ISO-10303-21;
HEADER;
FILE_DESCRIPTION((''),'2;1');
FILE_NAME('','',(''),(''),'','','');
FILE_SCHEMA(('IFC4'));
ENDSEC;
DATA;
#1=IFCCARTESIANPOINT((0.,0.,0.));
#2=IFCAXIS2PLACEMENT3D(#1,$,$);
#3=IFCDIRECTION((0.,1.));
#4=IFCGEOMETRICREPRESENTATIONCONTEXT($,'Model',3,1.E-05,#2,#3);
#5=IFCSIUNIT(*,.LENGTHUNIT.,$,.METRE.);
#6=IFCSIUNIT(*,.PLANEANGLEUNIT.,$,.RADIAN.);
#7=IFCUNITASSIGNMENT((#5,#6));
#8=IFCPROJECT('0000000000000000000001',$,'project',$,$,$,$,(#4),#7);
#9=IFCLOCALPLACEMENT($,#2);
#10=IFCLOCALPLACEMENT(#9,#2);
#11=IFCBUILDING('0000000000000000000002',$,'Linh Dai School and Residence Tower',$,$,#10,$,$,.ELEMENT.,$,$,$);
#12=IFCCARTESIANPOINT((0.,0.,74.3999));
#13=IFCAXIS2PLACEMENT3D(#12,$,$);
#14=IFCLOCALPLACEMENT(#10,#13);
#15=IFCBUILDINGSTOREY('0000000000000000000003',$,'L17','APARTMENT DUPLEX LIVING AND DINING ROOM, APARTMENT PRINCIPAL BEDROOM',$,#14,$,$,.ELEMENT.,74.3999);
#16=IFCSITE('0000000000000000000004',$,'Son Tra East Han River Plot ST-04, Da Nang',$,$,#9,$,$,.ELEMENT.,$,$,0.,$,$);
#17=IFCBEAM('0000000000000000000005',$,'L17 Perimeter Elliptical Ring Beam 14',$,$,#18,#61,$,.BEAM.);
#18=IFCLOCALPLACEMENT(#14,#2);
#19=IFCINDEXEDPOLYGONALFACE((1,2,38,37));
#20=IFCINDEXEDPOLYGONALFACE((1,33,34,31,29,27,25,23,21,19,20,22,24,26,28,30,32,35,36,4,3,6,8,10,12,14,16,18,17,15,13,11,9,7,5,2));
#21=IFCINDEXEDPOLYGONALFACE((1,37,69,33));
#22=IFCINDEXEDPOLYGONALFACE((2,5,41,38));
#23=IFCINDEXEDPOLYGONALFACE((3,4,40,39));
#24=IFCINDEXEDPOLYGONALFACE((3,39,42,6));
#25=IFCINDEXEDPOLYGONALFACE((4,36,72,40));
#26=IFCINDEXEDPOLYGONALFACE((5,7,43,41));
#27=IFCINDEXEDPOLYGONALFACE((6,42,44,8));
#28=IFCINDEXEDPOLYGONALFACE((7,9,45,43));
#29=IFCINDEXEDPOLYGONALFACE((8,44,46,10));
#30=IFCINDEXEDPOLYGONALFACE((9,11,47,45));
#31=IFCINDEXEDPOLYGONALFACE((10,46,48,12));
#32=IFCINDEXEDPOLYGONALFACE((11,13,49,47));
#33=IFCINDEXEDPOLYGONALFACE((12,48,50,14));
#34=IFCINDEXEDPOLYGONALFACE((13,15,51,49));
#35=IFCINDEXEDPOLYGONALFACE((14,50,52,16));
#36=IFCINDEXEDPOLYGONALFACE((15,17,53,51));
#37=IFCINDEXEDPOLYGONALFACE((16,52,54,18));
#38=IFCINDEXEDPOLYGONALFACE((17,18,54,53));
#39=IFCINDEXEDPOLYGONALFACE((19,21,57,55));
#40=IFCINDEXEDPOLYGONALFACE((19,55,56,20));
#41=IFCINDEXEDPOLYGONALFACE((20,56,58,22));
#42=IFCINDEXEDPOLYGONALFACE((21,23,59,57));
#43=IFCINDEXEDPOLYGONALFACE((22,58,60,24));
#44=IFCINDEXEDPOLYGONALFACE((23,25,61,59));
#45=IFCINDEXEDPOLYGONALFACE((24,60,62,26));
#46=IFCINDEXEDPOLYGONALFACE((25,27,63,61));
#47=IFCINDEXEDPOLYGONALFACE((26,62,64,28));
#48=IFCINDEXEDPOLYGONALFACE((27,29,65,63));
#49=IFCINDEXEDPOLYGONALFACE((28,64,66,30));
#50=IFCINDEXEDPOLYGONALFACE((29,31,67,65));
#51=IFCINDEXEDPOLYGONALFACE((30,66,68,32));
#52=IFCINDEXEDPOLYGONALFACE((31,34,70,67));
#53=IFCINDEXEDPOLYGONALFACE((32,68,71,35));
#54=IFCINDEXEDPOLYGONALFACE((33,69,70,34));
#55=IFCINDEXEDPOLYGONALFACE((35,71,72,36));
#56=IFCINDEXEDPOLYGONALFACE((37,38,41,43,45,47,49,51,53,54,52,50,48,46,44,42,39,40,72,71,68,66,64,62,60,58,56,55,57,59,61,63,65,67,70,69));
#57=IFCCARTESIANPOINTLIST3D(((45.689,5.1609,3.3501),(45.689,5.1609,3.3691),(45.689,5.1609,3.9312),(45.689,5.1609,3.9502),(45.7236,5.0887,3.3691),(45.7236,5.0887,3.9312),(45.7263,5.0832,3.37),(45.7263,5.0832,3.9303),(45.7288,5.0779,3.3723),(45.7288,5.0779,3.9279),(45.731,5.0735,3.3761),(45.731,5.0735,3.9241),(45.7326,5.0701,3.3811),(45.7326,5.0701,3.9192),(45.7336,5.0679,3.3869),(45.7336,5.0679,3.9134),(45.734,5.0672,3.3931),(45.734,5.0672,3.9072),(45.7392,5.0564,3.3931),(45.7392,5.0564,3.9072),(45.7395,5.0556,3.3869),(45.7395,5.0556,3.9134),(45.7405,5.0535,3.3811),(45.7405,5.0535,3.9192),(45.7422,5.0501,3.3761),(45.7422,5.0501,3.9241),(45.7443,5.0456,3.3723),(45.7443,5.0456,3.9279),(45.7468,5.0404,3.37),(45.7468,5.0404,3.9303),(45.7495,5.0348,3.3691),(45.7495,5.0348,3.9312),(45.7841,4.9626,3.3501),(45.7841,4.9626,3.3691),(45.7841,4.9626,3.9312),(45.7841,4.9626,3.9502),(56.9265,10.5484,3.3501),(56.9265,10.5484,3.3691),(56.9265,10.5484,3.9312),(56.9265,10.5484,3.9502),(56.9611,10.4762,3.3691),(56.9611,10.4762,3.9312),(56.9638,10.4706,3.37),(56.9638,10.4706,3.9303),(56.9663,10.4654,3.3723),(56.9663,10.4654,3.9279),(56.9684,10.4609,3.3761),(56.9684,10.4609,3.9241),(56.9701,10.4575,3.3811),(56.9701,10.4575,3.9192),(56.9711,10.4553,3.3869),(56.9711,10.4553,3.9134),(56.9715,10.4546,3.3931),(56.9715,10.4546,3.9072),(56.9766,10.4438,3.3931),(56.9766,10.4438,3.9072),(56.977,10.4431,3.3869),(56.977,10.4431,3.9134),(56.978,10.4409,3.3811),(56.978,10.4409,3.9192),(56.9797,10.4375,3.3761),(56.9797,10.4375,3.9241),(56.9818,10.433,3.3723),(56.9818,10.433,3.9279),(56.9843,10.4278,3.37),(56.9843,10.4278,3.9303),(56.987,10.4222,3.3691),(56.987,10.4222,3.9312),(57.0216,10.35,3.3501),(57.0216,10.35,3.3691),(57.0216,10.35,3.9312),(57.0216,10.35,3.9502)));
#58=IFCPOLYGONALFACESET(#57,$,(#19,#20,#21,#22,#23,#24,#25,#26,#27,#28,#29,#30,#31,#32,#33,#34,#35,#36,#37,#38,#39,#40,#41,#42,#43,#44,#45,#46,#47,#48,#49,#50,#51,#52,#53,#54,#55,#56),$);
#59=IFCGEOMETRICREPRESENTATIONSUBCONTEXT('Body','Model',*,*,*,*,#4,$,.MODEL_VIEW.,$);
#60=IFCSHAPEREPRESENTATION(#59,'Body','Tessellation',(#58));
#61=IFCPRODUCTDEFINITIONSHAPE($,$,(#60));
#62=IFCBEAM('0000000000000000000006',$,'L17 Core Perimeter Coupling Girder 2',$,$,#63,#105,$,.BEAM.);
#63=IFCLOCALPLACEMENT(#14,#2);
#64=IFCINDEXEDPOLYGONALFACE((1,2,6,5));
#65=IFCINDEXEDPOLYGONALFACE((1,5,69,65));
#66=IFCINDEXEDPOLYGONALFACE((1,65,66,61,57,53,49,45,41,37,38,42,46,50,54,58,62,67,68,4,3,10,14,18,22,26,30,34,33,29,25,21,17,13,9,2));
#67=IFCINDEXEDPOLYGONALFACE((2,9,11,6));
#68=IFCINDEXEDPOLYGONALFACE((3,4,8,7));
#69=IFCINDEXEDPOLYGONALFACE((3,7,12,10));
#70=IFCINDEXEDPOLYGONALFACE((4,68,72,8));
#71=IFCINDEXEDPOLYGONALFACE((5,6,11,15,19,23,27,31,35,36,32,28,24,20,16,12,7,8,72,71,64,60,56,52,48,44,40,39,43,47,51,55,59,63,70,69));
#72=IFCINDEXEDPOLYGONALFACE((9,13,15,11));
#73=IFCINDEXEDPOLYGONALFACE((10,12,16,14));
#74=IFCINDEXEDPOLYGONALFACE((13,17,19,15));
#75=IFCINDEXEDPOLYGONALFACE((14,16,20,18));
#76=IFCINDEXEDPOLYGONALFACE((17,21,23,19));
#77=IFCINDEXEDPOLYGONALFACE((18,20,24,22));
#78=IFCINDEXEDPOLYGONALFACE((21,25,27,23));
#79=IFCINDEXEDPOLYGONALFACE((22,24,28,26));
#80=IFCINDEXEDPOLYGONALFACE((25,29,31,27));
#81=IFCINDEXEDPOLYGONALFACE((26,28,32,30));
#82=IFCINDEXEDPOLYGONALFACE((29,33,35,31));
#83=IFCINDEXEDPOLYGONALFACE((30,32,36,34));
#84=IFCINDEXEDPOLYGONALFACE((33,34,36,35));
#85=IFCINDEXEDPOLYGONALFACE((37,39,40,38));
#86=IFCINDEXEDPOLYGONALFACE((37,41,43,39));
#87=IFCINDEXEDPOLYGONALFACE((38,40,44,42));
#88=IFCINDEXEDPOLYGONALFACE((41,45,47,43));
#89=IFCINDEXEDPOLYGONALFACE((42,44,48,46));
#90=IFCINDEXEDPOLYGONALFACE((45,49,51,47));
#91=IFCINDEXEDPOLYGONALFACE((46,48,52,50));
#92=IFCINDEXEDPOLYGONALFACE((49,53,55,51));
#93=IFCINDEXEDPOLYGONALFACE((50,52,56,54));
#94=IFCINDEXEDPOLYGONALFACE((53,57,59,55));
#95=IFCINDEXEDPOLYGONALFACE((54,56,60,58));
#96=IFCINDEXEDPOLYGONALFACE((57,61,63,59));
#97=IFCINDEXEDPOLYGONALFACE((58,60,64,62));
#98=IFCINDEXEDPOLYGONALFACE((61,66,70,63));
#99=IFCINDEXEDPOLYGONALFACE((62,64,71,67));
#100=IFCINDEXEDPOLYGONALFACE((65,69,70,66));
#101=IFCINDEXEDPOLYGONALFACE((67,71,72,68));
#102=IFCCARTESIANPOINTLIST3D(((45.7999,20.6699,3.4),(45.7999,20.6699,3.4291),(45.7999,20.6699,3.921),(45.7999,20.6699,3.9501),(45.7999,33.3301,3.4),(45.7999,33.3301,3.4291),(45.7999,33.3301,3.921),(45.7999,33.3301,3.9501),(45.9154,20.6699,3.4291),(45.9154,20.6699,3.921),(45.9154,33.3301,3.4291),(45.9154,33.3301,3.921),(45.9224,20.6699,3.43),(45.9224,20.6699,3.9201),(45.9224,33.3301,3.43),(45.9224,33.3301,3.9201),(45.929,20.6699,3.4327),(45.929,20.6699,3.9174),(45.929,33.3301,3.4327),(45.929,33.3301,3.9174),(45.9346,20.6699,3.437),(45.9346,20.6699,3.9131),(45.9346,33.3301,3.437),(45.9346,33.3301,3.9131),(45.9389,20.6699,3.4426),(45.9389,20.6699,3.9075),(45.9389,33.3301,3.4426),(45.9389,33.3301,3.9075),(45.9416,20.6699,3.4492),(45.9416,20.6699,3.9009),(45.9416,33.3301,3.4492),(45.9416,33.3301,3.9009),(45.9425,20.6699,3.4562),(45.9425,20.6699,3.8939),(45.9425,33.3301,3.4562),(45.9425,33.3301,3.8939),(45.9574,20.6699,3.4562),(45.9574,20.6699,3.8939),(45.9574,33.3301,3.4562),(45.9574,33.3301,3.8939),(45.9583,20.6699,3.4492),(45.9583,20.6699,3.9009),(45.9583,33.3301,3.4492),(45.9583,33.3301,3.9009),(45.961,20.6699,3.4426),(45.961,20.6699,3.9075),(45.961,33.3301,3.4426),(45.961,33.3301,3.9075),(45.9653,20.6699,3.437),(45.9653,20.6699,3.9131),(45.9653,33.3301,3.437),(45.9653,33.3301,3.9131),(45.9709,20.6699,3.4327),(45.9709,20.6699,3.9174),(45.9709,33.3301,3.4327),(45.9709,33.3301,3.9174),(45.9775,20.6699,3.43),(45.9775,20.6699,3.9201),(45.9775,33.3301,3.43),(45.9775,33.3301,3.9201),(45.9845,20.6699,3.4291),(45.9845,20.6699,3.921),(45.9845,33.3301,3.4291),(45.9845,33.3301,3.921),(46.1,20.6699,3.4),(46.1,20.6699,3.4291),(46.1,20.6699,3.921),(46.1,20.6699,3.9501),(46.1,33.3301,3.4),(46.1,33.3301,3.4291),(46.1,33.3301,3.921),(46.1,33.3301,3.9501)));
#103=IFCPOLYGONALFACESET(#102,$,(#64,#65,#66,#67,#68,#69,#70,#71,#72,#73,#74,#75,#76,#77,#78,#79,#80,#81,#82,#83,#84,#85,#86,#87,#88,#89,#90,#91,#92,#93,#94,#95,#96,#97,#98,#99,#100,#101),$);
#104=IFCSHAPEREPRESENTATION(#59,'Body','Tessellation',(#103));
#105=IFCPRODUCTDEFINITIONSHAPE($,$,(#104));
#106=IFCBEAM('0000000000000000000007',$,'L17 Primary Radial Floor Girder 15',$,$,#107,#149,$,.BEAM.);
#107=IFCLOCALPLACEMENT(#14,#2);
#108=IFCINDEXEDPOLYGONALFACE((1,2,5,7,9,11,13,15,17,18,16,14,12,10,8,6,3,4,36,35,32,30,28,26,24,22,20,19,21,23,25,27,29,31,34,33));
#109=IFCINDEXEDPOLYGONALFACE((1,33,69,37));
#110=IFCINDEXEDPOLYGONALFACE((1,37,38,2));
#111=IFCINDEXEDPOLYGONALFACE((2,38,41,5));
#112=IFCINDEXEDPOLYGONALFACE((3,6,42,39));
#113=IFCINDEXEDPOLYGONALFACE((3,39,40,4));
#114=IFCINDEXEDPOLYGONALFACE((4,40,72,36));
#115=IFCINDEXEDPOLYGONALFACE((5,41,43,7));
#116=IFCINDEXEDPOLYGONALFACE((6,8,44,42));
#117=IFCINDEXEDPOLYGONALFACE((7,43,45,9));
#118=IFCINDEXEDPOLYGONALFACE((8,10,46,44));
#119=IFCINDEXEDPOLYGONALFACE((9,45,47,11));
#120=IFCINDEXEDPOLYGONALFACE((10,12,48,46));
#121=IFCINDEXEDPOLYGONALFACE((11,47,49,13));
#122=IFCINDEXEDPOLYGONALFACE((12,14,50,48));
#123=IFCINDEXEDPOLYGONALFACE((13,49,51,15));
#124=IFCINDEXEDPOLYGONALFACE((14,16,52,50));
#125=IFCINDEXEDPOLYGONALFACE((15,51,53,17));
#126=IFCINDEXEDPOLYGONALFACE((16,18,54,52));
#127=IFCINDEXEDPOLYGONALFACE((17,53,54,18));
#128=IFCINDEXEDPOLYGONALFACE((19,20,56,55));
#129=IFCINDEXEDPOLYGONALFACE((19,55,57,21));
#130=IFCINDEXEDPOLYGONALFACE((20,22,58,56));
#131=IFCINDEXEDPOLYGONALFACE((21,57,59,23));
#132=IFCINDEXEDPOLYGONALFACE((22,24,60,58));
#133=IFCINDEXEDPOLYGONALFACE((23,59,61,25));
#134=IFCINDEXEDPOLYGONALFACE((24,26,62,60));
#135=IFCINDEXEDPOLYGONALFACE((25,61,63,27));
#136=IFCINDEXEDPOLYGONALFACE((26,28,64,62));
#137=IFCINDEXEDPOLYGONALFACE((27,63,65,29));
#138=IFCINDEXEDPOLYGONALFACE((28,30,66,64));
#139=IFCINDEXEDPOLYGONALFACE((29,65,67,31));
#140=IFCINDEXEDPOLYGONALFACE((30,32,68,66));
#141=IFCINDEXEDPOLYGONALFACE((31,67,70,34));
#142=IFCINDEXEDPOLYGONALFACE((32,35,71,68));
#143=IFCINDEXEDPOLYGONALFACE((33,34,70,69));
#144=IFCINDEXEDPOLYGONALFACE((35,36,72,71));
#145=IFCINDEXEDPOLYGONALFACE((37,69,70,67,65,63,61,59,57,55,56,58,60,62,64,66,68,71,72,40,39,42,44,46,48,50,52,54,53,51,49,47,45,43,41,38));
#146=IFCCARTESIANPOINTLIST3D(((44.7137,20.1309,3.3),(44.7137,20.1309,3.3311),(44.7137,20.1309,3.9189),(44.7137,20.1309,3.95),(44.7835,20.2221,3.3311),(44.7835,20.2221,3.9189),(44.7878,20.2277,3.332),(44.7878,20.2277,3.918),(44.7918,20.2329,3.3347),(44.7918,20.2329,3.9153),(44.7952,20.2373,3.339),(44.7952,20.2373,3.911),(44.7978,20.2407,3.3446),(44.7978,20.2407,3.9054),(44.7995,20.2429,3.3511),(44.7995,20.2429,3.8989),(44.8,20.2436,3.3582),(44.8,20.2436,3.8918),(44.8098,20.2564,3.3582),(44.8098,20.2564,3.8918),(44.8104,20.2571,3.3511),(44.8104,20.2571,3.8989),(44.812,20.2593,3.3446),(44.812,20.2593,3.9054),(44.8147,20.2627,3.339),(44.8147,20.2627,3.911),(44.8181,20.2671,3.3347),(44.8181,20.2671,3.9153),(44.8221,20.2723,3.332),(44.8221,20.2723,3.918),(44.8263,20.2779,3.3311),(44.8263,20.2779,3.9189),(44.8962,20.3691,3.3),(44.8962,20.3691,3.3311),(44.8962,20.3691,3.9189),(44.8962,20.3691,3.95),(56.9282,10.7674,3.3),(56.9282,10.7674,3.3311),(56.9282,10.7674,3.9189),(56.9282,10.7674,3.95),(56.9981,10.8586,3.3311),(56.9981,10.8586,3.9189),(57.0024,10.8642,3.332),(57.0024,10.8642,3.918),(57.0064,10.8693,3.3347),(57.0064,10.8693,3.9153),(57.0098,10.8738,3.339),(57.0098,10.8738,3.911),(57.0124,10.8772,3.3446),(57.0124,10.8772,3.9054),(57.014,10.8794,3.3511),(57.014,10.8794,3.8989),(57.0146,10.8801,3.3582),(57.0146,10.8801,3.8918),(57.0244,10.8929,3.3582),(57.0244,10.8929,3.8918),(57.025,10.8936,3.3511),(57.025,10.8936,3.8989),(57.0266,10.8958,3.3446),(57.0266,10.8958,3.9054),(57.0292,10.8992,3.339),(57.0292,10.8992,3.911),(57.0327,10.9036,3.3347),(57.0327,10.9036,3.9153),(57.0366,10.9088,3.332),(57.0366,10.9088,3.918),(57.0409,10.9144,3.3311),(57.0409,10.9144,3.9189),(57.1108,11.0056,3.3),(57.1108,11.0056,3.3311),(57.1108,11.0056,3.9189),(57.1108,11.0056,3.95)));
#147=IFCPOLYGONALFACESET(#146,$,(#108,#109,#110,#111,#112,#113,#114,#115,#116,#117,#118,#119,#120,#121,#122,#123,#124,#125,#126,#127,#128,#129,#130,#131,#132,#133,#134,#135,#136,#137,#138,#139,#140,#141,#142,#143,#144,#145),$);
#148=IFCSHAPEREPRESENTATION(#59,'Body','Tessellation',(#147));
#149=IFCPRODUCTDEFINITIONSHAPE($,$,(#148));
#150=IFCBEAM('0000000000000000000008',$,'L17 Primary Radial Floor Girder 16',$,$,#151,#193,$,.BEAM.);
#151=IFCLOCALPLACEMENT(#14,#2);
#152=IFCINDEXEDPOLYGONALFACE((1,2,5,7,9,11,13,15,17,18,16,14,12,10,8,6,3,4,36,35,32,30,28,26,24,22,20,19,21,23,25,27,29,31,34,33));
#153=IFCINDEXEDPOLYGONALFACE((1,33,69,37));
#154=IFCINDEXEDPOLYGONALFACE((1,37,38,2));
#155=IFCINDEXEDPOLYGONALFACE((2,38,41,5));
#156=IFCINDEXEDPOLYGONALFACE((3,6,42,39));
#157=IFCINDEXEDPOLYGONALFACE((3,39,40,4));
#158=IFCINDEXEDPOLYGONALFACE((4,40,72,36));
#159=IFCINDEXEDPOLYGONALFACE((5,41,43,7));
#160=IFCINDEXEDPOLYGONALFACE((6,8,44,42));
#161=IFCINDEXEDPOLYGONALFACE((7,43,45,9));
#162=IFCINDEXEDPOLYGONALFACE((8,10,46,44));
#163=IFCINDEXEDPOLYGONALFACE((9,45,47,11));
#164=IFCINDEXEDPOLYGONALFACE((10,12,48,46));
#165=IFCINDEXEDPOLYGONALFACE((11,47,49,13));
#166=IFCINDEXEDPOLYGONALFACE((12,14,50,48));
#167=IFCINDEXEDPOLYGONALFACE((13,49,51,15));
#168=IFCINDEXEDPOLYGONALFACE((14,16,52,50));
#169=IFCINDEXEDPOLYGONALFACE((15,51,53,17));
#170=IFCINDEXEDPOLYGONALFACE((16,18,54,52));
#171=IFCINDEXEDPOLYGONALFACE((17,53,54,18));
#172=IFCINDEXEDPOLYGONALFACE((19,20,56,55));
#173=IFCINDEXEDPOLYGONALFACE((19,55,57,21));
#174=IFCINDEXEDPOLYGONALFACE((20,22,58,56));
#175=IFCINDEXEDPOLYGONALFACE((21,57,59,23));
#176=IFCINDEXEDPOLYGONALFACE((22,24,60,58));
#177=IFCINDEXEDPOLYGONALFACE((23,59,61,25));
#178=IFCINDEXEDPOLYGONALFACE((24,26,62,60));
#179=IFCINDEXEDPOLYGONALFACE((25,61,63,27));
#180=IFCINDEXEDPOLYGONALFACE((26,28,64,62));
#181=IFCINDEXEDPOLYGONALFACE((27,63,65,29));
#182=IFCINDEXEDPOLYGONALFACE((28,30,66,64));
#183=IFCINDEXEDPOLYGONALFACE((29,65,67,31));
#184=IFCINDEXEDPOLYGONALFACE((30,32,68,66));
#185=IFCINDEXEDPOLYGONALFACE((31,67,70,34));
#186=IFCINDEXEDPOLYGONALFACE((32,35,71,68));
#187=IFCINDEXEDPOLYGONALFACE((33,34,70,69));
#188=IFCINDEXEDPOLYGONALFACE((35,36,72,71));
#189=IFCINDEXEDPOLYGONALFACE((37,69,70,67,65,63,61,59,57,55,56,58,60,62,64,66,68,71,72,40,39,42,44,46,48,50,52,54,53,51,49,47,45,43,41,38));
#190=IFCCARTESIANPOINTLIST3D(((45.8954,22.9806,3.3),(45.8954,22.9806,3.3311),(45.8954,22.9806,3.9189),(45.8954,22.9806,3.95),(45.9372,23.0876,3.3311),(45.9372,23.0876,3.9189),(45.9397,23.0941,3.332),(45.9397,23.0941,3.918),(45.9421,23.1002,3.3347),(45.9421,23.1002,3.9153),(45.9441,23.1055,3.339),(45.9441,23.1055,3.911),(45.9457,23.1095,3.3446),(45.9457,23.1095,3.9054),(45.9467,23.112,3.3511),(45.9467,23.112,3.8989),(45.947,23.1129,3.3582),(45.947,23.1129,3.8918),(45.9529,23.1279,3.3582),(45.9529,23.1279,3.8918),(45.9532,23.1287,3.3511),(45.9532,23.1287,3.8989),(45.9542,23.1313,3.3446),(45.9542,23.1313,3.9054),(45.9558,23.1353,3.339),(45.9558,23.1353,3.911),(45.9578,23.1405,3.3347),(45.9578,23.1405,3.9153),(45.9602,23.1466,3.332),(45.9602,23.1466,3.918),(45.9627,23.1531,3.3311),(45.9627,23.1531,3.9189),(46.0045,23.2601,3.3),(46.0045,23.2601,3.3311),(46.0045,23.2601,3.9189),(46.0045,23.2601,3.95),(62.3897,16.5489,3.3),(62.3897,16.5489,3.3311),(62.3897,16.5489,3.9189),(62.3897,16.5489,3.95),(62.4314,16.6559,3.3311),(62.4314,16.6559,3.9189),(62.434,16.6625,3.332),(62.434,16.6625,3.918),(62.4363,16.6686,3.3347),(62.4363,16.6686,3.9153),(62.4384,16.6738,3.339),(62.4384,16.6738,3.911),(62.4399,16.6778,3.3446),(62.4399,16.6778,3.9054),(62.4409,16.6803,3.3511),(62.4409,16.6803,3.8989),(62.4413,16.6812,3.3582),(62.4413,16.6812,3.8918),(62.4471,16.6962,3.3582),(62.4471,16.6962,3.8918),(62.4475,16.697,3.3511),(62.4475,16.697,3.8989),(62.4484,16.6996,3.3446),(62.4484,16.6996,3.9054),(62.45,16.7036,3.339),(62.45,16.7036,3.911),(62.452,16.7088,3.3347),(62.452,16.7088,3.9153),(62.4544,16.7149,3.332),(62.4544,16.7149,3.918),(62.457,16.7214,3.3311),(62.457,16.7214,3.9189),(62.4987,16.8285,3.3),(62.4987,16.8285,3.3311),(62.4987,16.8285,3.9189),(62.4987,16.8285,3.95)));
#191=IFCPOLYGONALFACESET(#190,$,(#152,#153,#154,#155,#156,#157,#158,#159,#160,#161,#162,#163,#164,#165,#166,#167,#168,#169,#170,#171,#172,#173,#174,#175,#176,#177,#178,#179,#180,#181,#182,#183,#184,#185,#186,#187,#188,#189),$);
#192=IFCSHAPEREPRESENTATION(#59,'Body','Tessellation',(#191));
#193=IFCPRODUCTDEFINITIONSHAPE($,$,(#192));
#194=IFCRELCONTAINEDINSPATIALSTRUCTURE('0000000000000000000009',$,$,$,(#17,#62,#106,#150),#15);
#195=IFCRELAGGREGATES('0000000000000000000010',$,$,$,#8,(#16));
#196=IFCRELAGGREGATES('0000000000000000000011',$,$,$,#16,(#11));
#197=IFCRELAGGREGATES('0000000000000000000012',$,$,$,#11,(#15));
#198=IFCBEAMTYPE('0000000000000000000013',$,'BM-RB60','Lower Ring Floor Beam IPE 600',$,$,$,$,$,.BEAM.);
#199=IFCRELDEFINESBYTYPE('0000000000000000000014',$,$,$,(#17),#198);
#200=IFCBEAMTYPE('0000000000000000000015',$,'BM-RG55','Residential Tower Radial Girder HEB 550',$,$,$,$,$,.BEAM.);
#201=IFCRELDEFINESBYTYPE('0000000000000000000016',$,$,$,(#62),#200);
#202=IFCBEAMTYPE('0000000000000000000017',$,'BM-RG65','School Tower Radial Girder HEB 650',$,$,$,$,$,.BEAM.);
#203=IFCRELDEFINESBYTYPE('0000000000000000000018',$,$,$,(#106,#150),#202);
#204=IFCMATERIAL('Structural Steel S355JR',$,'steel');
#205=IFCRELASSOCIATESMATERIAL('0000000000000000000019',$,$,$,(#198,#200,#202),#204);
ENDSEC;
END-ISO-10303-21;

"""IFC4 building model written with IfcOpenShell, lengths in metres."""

from ifc_helpers import new_model, si_unit, direction, frame, origin, origin_2d, place, context, subcontext, project, spatial, i_section, extrude, material, material_profile, profile_set, type_object, element, save


model = new_model("IFC4")

# Units and contexts
model_context = context("Model", 3, precision=1e-05, world=origin(), true_north=direction((0.0, 1.0)))
body_context = subcontext(model_context, "Body", "Model", "MODEL_VIEW")
ifc_project = project(units=[si_unit("LENGTHUNIT", "METRE"), si_unit("PLANEANGLEUNIT", "RADIAN")], contexts=[model_context])

# Site, building, storey
site_placement = place(None, origin())
site = spatial("IfcSite", under=ifc_project, at=site_placement, Name="Son Tra East Han River Plot ST-04, Da Nang", CompositionType="ELEMENT", RefElevation=0.0)
building_placement = place(site_placement, origin())
building = spatial("IfcBuilding", under=site, at=building_placement, Name="Linh Dai School and Residence Tower", CompositionType="ELEMENT")
storey_placement = place(building_placement, frame((0.0, 0.0, 74.3999)))
storey = spatial("IfcBuildingStorey", under=building, at=storey_placement, Name="L17", Description="APARTMENT DUPLEX LIVING AND DINING ROOM, APARTMENT PRINCIPAL BEDROOM", CompositionType="ELEMENT", Elevation=74.3999)

# Shared definitions
ifc_material_1 = material(Name="Structural Steel S355JR", Category="steel")

# Beams
ifc_material_profile_1 = material_profile(ifc_material_1, i_section(OverallWidth=0.22, OverallDepth=0.6001, WebThickness=0.012, FlangeThickness=0.019, FilletRadius=0.0239, at=origin_2d()), Name="IPE 600")
ifc_profile_set_1 = profile_set([ifc_material_profile_1], Name="Structural Steel S355JR")
beam_type_1 = type_object("IfcBeamType", Name="BM-RB60", Description="Lower Ring Floor Beam IPE 600", PredefinedType="BEAM", material=ifc_profile_set_1)
beam_1_placement = place(storey_placement, frame((45.7366, 5.0618, 3.6501), z_axis=(0.901729, 0.432302, 0.0), x_axis=(-0.432302, 0.901729, 0.0)))
element("IfcBeam", 1, at=beam_1_placement, inside=storey, type_object=beam_type_1, Name="L17 Perimeter Elliptical Ring Beam 14", PredefinedType="BEAM", context=body_context, shape_type="SweptSolid", body=[
    extrude(i_section(OverallWidth=0.22, OverallDepth=0.6001, WebThickness=0.012, FlangeThickness=0.019, FilletRadius=0.0239, at=origin_2d()), origin(), (0.0, 0.0, 1.0), 12.4622),
])
ifc_material_profile_2 = material_profile(ifc_material_1, i_section(OverallWidth=0.3, OverallDepth=0.55, WebThickness=0.0149, FlangeThickness=0.0291, FilletRadius=0.0271, at=origin_2d()), Name="HEB 550")
ifc_profile_set_2 = profile_set([ifc_material_profile_2], Name="Structural Steel S355JR")
beam_type_2 = type_object("IfcBeamType", Name="BM-RG55", Description="Residential Tower Radial Girder HEB 550", PredefinedType="BEAM", material=ifc_profile_set_2)
beam_2_placement = place(storey_placement, frame((45.95, 20.6699, 3.675), z_axis=(0.0, 1.0, 0.0), x_axis=(-1.0, 0.0, 0.0)))
element("IfcBeam", 2, at=beam_2_placement, inside=storey, type_object=beam_type_2, Name="L17 Core Perimeter Coupling Girder 2", PredefinedType="BEAM", context=body_context, shape_type="SweptSolid", body=[
    extrude(i_section(OverallWidth=0.3, OverallDepth=0.55, WebThickness=0.0149, FlangeThickness=0.0291, FilletRadius=0.0271, at=origin_2d()), origin(), (0.0, 0.0, 1.0), 12.6602),
])
ifc_material_profile_3 = material_profile(ifc_material_1, i_section(OverallWidth=0.3, OverallDepth=0.6499, WebThickness=0.0161, FlangeThickness=0.031, FilletRadius=0.0271, at=origin_2d()), Name="HEB 650")
ifc_profile_set_3 = profile_set([ifc_material_profile_3], Name="Structural Steel S355JR")
beam_type_3 = type_object("IfcBeamType", Name="BM-RG65", Description="School Tower Radial Girder HEB 650", PredefinedType="BEAM", material=ifc_profile_set_3)
beam_3_placement = place(storey_placement, frame((44.8049, 20.25, 3.625), z_axis=(0.793638, -0.608391, 0.0), x_axis=(0.608391, 0.793638, 0.0)))
element("IfcBeam", 3, at=beam_3_placement, inside=storey, type_object=beam_type_3, Name="L17 Primary Radial Floor Girder 15", PredefinedType="BEAM", context=body_context, shape_type="SweptSolid", body=[
    extrude(i_section(OverallWidth=0.3, OverallDepth=0.6499, WebThickness=0.0161, FlangeThickness=0.031, FilletRadius=0.0271, at=origin_2d()), origin(), (0.0, 0.0, 1.0), 15.3906),
])
beam_4_placement = place(storey_placement, frame((45.95, 23.1204, 3.625), z_axis=(0.931675, -0.363293, 0.0), x_axis=(0.363293, 0.931675, 0.0)))
element("IfcBeam", 4, at=beam_4_placement, inside=storey, type_object=beam_type_3, Name="L17 Primary Radial Floor Girder 16", PredefinedType="BEAM", context=body_context, shape_type="SweptSolid", body=[
    extrude(i_section(OverallWidth=0.3, OverallDepth=0.6499, WebThickness=0.0161, FlangeThickness=0.031, FilletRadius=0.0271, at=origin_2d()), origin(), (0.0, 0.0, 1.0), 17.7039),
])

save(model, "model.ifc")
